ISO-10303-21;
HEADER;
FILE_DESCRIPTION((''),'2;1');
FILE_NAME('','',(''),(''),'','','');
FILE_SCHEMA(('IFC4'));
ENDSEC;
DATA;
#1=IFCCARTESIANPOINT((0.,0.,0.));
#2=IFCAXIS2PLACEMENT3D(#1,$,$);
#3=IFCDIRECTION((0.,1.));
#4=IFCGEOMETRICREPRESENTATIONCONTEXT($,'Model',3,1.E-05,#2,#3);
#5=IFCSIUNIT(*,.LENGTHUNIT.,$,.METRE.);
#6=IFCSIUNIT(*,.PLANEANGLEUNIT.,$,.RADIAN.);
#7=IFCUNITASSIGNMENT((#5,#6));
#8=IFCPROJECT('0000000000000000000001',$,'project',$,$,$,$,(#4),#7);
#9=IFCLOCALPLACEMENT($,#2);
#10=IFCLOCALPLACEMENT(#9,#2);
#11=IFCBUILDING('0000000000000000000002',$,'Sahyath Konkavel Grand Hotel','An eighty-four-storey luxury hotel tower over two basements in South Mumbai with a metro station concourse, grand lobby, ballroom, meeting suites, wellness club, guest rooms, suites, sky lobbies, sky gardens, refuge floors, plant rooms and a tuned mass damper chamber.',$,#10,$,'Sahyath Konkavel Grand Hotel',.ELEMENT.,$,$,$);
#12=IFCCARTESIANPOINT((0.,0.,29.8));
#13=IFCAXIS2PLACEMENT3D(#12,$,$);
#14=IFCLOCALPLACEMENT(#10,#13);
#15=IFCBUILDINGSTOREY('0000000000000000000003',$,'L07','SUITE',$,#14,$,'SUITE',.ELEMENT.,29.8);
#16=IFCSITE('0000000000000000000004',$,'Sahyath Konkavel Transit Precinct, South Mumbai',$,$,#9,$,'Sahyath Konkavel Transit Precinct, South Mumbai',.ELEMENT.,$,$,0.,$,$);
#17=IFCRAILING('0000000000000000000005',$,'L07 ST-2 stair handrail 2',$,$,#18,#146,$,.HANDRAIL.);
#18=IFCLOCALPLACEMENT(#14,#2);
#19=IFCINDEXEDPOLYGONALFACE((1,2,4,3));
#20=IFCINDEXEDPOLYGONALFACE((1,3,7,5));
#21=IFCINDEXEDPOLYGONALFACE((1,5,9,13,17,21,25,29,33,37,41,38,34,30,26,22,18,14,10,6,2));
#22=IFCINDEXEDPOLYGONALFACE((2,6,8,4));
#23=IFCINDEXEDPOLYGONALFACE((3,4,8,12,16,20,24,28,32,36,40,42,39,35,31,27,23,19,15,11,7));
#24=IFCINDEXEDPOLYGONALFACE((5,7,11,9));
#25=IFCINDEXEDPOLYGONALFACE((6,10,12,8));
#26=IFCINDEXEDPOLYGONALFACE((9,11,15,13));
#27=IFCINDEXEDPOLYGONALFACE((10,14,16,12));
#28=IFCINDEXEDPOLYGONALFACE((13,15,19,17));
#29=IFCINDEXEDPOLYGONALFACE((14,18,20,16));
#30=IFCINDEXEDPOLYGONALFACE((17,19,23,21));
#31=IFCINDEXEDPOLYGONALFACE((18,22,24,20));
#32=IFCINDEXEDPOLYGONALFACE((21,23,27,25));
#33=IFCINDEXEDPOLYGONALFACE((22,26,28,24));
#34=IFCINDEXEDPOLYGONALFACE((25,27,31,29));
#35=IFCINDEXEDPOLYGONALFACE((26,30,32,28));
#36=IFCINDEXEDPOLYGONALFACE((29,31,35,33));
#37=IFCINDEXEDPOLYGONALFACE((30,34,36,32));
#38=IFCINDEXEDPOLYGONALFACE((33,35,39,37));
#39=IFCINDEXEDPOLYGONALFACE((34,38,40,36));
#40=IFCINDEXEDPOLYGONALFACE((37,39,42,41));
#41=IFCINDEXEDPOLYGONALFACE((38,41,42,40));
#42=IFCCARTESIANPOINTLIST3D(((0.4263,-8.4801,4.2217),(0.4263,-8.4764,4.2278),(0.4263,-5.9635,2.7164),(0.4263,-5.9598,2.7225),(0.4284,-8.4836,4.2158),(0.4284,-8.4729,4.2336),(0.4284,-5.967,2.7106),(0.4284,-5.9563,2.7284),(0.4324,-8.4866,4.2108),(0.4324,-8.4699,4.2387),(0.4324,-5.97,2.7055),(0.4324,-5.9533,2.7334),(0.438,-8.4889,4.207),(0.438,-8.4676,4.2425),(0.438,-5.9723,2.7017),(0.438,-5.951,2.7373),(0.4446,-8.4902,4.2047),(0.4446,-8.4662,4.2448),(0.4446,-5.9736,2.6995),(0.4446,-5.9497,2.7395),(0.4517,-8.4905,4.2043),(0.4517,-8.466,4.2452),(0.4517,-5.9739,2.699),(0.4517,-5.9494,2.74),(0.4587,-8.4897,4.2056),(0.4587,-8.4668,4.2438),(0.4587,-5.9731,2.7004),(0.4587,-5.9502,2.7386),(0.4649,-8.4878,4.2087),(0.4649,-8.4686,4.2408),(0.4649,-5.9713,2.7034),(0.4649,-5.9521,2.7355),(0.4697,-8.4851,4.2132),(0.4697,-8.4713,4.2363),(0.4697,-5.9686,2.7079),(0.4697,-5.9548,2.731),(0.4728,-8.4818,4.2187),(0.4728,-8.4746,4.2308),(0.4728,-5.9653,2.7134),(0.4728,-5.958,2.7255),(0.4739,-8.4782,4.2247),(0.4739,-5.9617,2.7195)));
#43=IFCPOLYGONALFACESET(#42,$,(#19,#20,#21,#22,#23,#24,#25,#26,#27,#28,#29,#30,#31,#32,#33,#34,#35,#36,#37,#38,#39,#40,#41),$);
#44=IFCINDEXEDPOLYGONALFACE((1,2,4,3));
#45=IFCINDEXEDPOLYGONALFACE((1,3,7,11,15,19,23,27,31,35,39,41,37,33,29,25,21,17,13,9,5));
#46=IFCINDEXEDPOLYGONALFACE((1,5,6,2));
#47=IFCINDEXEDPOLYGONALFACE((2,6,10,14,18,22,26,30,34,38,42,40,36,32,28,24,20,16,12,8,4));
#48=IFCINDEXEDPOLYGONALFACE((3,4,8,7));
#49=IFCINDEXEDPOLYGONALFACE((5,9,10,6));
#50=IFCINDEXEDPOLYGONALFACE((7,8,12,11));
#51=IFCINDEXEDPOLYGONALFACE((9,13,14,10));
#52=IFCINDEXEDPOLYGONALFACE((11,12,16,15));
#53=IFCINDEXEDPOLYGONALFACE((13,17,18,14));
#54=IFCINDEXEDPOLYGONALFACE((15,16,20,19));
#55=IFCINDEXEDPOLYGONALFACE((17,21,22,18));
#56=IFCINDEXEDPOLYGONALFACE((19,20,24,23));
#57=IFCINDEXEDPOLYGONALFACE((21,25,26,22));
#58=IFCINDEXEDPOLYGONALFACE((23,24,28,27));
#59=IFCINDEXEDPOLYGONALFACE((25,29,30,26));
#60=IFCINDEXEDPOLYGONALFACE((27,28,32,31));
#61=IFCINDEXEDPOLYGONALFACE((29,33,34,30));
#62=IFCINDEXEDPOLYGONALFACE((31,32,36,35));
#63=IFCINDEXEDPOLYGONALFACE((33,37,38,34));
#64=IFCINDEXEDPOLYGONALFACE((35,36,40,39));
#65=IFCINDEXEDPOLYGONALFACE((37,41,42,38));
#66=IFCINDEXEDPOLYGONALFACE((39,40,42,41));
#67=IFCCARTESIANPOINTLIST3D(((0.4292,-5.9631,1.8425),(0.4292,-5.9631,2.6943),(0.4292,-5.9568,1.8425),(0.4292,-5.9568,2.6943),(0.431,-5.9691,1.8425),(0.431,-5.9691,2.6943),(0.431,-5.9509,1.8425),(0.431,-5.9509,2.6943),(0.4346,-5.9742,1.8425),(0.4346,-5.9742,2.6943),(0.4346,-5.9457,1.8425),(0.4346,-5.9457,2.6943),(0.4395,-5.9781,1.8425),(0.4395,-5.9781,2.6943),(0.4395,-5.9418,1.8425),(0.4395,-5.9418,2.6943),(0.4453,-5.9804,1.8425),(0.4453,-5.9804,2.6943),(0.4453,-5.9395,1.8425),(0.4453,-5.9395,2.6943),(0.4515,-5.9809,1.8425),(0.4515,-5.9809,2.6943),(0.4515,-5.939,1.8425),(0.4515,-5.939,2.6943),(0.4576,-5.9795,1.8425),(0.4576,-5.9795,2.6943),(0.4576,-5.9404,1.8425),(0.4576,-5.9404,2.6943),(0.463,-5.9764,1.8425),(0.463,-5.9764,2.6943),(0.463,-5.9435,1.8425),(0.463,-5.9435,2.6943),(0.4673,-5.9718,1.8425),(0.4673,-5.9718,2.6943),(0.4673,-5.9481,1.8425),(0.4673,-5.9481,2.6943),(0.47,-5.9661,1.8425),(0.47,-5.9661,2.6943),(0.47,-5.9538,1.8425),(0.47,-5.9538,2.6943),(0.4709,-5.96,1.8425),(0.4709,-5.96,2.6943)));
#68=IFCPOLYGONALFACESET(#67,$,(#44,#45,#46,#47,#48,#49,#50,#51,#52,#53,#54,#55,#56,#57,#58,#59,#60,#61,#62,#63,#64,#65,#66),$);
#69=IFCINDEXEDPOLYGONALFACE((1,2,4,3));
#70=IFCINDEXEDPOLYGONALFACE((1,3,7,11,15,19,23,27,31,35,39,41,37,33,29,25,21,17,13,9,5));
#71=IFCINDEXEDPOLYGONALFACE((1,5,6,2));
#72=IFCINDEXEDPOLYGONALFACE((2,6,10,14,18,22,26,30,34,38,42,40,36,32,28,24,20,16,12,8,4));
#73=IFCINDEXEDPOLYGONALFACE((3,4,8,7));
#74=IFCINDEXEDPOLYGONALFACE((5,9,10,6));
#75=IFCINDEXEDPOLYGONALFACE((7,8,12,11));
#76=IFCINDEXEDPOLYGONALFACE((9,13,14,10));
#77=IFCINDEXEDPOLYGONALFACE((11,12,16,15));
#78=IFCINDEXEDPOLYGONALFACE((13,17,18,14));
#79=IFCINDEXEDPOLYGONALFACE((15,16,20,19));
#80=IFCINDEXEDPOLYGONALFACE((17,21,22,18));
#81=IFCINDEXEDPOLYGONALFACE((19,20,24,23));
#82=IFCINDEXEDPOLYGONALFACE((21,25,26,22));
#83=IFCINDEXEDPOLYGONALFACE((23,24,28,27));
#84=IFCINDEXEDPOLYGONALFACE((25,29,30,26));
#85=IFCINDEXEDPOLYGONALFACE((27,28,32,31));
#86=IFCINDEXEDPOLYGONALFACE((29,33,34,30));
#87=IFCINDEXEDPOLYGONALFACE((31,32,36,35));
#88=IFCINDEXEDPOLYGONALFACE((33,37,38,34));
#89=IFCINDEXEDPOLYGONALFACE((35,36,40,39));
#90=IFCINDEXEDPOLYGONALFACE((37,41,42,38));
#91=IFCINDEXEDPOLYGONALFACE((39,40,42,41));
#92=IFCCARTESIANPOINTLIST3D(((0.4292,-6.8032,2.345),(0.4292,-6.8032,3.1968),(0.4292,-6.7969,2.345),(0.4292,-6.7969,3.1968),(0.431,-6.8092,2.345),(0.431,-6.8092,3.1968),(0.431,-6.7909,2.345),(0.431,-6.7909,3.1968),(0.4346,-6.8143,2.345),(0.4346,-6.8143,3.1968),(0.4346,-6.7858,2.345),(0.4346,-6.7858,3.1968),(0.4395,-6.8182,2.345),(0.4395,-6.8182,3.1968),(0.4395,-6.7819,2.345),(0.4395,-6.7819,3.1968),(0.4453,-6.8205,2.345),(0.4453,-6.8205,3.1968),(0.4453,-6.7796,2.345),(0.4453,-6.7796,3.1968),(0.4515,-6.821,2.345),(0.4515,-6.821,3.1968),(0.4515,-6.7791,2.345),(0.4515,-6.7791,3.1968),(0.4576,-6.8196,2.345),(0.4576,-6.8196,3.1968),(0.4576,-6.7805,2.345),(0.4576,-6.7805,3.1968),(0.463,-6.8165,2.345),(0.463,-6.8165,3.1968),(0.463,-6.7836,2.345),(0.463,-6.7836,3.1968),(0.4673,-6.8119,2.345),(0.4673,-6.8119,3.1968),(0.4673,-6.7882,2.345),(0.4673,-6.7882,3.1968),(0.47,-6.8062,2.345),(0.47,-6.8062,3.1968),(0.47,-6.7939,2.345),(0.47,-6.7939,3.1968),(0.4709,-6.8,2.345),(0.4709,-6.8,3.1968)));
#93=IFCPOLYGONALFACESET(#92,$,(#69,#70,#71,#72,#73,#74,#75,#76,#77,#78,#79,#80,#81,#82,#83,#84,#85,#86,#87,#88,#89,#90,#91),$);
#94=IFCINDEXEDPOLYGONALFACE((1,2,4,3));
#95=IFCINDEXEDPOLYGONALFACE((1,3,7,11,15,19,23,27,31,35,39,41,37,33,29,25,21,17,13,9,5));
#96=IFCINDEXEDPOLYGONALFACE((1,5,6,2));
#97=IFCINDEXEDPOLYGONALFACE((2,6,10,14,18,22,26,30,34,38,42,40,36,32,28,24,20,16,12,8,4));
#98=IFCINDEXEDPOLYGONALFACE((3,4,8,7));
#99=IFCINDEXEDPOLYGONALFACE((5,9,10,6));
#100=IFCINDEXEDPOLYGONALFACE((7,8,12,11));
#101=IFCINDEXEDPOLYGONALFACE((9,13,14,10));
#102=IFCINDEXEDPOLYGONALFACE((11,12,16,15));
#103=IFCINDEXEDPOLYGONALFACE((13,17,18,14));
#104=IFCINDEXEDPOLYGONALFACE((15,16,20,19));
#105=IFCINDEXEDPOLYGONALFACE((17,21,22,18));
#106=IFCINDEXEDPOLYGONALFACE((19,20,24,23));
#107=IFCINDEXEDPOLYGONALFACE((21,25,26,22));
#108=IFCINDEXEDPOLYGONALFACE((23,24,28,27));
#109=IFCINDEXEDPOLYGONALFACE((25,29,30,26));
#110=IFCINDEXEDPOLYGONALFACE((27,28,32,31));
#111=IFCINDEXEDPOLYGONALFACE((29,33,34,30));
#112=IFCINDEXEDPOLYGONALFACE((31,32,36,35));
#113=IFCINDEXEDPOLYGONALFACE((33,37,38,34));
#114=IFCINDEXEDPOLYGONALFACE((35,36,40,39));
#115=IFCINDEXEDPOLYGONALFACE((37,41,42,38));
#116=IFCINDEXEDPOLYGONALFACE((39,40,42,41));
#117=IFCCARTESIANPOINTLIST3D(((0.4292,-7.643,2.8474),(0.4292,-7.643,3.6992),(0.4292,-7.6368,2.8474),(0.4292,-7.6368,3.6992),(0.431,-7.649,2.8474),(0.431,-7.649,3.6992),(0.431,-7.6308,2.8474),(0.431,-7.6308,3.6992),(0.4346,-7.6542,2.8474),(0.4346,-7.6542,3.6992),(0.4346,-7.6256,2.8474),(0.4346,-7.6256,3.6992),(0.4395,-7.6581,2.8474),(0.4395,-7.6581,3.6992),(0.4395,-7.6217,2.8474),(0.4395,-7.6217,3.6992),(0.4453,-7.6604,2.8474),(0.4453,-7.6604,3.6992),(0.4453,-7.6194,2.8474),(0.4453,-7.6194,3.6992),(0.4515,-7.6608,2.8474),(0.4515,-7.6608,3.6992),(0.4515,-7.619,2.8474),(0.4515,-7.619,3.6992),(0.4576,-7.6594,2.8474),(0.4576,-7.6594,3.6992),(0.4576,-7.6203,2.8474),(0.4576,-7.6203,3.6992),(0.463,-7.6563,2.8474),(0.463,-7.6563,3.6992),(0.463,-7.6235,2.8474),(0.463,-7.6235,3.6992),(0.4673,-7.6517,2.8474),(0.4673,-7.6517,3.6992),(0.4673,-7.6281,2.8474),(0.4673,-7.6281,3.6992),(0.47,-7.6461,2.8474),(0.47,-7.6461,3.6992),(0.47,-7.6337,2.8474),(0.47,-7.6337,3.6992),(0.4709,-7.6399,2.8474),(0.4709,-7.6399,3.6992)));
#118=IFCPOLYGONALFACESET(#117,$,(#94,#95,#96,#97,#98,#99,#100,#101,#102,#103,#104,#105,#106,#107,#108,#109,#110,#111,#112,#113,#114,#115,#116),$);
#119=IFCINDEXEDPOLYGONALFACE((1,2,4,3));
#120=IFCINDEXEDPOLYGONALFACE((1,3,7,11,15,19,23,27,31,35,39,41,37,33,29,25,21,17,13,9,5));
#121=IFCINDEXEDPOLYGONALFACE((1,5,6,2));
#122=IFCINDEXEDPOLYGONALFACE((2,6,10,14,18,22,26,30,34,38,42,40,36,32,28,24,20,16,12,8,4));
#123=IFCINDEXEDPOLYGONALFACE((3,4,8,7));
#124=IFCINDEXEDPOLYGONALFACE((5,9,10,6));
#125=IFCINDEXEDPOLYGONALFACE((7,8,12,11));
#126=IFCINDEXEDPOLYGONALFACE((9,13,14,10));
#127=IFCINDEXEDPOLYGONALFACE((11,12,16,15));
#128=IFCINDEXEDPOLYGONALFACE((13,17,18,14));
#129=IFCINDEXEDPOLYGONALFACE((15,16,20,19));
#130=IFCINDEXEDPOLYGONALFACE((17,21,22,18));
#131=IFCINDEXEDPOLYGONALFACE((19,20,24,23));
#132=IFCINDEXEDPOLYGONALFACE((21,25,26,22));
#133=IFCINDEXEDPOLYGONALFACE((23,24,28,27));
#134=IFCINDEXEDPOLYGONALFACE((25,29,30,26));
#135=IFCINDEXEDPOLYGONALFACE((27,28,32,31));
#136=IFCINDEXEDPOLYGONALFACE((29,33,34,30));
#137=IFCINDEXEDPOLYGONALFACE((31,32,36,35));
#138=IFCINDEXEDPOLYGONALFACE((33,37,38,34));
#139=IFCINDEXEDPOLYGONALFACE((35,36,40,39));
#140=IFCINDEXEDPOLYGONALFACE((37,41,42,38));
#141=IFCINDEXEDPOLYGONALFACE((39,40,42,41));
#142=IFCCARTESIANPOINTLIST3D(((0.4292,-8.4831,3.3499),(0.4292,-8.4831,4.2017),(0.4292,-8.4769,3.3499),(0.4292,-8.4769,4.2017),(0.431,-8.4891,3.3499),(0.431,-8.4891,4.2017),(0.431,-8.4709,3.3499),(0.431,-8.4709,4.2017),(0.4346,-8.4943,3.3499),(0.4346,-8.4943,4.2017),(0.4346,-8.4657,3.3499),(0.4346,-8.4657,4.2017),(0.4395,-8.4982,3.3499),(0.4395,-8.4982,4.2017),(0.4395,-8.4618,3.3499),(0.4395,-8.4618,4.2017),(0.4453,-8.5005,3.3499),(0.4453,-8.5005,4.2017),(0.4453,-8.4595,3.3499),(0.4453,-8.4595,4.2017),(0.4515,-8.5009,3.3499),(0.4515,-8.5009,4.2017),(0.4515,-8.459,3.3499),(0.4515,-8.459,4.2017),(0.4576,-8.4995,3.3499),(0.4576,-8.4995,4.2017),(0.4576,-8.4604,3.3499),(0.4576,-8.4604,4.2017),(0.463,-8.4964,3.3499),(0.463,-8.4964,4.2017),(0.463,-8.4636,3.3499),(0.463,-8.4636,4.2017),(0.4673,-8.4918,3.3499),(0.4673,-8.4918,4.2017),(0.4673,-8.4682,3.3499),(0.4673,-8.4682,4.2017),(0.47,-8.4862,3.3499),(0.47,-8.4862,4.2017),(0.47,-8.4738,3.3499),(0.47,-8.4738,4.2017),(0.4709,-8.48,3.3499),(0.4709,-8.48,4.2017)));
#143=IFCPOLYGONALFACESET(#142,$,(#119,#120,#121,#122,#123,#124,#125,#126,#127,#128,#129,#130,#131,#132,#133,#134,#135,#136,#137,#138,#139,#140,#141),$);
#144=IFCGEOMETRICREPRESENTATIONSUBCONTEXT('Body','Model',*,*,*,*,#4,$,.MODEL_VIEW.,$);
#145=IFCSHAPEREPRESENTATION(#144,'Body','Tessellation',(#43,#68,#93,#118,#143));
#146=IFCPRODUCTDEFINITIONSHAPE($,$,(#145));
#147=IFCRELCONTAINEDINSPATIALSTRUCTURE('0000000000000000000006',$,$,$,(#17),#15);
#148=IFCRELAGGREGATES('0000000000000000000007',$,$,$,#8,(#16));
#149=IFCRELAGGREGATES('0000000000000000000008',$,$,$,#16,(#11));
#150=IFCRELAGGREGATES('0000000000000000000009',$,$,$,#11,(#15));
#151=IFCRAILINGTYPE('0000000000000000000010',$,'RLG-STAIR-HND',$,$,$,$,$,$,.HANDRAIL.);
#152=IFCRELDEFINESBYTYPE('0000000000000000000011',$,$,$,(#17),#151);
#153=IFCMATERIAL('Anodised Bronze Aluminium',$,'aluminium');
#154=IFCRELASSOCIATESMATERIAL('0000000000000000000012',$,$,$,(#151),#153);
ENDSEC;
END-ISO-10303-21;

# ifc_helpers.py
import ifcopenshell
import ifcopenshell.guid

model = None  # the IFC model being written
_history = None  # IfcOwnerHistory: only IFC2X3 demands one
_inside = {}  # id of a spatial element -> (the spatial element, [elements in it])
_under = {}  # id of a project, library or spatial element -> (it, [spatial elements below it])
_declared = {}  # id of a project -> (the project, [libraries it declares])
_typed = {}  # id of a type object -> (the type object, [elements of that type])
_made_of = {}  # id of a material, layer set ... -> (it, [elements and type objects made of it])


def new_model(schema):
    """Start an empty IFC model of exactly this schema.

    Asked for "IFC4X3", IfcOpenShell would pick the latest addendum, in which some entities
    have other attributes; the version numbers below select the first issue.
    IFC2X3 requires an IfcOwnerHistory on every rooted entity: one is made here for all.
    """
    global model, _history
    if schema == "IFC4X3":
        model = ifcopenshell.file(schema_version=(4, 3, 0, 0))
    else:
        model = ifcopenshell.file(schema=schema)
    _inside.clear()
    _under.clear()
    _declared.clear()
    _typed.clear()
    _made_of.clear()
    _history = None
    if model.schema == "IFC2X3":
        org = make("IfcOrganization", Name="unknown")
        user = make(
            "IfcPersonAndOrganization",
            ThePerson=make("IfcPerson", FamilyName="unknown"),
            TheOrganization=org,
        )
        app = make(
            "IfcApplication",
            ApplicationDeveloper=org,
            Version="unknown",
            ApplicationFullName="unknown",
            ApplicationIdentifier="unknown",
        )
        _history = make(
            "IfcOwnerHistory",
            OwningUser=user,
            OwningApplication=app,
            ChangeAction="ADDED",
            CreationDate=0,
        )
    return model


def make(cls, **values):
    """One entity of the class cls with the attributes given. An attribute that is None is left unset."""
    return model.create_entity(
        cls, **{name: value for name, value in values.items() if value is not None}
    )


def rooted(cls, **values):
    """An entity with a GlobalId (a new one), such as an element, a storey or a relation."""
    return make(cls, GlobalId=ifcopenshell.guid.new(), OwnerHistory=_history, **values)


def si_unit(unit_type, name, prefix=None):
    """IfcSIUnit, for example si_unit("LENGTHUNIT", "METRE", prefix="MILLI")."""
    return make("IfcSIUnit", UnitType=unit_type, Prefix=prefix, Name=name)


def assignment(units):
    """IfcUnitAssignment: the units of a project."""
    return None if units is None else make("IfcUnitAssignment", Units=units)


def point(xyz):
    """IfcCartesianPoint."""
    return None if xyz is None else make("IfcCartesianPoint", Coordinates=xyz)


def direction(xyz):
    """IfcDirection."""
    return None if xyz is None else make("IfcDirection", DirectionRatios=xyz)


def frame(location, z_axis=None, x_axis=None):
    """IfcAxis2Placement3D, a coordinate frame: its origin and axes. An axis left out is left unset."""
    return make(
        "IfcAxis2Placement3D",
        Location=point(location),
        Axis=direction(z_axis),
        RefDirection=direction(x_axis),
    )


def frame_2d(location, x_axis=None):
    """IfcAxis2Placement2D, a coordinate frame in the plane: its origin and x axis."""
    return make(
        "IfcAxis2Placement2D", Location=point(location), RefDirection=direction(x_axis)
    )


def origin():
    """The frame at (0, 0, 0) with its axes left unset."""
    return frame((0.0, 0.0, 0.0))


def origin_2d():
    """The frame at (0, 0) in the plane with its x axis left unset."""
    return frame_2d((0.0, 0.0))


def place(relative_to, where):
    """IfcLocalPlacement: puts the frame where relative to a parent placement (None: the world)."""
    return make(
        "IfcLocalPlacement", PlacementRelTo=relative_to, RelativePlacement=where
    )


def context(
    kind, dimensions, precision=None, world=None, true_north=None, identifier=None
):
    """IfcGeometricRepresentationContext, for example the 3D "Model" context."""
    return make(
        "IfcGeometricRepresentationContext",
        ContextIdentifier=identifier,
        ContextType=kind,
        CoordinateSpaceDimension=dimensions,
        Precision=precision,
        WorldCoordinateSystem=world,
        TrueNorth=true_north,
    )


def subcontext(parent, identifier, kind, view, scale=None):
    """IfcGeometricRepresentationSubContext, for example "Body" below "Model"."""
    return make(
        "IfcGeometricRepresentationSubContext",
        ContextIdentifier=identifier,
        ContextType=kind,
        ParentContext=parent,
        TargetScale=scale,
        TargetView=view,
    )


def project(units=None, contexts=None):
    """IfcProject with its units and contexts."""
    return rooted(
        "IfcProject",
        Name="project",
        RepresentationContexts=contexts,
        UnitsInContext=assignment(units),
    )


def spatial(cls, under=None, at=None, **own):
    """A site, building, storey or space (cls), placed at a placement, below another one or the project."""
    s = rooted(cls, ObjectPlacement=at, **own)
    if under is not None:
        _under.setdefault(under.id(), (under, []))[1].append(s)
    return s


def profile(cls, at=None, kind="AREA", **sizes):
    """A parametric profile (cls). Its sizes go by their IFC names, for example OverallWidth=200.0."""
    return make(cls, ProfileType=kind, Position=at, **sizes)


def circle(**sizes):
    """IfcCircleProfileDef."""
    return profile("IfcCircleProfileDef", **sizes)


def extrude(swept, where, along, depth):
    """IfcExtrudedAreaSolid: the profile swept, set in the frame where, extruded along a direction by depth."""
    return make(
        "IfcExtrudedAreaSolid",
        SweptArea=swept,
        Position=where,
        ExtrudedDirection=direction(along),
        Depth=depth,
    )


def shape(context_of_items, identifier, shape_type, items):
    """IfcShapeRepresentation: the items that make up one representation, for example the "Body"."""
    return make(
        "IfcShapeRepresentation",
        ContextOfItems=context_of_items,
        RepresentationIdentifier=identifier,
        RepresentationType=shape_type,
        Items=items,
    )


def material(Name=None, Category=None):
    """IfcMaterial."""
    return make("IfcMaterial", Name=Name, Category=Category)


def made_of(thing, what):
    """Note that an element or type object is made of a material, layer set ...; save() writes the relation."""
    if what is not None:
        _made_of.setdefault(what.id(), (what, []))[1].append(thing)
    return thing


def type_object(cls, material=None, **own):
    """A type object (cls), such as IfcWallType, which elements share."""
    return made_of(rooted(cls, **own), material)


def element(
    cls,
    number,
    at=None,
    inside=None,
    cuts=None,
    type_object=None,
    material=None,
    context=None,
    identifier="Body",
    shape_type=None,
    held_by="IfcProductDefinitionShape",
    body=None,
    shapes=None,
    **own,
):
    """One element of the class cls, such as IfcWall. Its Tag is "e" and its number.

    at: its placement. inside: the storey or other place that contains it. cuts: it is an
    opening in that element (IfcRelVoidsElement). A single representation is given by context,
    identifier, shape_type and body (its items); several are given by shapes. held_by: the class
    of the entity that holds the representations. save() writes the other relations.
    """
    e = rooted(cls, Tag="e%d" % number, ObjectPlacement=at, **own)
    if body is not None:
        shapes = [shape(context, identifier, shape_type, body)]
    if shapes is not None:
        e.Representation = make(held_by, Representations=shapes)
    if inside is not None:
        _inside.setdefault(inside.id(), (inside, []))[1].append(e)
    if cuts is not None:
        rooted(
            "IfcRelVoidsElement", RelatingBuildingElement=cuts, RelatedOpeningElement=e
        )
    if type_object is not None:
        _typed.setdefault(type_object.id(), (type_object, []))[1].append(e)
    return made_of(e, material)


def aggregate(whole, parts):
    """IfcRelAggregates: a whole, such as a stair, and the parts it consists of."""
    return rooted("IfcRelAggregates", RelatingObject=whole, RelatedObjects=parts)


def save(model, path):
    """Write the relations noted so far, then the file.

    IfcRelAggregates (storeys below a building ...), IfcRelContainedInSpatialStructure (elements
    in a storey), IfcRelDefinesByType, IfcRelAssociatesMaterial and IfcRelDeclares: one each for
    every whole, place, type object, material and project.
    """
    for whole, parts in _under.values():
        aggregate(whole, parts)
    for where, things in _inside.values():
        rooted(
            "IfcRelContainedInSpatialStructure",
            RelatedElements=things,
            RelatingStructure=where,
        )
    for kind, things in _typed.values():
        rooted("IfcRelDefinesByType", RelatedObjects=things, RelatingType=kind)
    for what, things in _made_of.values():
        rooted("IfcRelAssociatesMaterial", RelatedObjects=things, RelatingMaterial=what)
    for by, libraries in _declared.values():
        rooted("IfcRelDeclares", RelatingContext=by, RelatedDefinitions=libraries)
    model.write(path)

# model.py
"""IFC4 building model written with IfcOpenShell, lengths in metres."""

from ifc_helpers import new_model, si_unit, direction, frame, origin, origin_2d, place, context, subcontext, project, spatial, circle, extrude, material, type_object, element, save


model = new_model("IFC4")

# Units and contexts
model_context = context("Model", 3, precision=1e-05, world=origin(), true_north=direction((0.0, 1.0)))
body_context = subcontext(model_context, "Body", "Model", "MODEL_VIEW")
ifc_project = project(units=[si_unit("LENGTHUNIT", "METRE"), si_unit("PLANEANGLEUNIT", "RADIAN")], contexts=[model_context])

# Site, building, storey
site_placement = place(None, origin())
site = spatial("IfcSite", under=ifc_project, at=site_placement, Name="Sahyath Konkavel Transit Precinct, South Mumbai", LongName="Sahyath Konkavel Transit Precinct, South Mumbai", CompositionType="ELEMENT", RefElevation=0.0)
building_placement = place(site_placement, origin())
building = spatial("IfcBuilding", under=site, at=building_placement, Name="Sahyath Konkavel Grand Hotel", Description="An eighty-four-storey luxury hotel tower over two basements in South Mumbai with a metro station concourse, grand lobby, ballroom, meeting suites, wellness club, guest rooms, suites, sky lobbies, sky gardens, refuge floors, plant rooms and a tuned mass damper chamber.", LongName="Sahyath Konkavel Grand Hotel", CompositionType="ELEMENT")
storey_placement = place(building_placement, frame((0.0, 0.0, 29.8)))
storey = spatial("IfcBuildingStorey", under=building, at=storey_placement, Name="L07", Description="SUITE", LongName="SUITE", CompositionType="ELEMENT", Elevation=29.8)

# Railing
ifc_material_1 = material(Name="Anodised Bronze Aluminium", Category="aluminium")
railing_type_1 = type_object("IfcRailingType", Name="RLG-STAIR-HND", PredefinedType="HANDRAIL", material=ifc_material_1)
railing_1_placement = place(storey_placement, frame((0.45, -5.96, 1.8425)))
element("IfcRailing", 1, at=railing_1_placement, inside=storey, type_object=railing_type_1, Name="L07 ST-2 stair handrail 2", PredefinedType="HANDRAIL", context=body_context, shape_type="SweptSolid", body=[
    extrude(circle(Radius=0.0239, at=origin_2d()), frame((0.0, -0.0017, 0.877), z_axis=(0.0, -0.858196, 0.513321), x_axis=(1.0, 0.0, 0.0)), (0.0, 0.0, 1.0), 2.9324),
    extrude(circle(Radius=0.021, at=origin_2d()), origin(), (0.0, 0.0, 1.0), 0.8518),
    extrude(circle(Radius=0.021, at=origin_2d()), frame((0.0, -0.8401, 0.5024)), (0.0, 0.0, 1.0), 0.8518),
    extrude(circle(Radius=0.021, at=origin_2d()), frame((0.0, -1.6799, 1.0049)), (0.0, 0.0, 1.0), 0.8518),
    extrude(circle(Radius=0.021, at=origin_2d()), frame((0.0, -2.52, 1.5073)), (0.0, 0.0, 1.0), 0.8518),
])

save(model, "model.ifc")
